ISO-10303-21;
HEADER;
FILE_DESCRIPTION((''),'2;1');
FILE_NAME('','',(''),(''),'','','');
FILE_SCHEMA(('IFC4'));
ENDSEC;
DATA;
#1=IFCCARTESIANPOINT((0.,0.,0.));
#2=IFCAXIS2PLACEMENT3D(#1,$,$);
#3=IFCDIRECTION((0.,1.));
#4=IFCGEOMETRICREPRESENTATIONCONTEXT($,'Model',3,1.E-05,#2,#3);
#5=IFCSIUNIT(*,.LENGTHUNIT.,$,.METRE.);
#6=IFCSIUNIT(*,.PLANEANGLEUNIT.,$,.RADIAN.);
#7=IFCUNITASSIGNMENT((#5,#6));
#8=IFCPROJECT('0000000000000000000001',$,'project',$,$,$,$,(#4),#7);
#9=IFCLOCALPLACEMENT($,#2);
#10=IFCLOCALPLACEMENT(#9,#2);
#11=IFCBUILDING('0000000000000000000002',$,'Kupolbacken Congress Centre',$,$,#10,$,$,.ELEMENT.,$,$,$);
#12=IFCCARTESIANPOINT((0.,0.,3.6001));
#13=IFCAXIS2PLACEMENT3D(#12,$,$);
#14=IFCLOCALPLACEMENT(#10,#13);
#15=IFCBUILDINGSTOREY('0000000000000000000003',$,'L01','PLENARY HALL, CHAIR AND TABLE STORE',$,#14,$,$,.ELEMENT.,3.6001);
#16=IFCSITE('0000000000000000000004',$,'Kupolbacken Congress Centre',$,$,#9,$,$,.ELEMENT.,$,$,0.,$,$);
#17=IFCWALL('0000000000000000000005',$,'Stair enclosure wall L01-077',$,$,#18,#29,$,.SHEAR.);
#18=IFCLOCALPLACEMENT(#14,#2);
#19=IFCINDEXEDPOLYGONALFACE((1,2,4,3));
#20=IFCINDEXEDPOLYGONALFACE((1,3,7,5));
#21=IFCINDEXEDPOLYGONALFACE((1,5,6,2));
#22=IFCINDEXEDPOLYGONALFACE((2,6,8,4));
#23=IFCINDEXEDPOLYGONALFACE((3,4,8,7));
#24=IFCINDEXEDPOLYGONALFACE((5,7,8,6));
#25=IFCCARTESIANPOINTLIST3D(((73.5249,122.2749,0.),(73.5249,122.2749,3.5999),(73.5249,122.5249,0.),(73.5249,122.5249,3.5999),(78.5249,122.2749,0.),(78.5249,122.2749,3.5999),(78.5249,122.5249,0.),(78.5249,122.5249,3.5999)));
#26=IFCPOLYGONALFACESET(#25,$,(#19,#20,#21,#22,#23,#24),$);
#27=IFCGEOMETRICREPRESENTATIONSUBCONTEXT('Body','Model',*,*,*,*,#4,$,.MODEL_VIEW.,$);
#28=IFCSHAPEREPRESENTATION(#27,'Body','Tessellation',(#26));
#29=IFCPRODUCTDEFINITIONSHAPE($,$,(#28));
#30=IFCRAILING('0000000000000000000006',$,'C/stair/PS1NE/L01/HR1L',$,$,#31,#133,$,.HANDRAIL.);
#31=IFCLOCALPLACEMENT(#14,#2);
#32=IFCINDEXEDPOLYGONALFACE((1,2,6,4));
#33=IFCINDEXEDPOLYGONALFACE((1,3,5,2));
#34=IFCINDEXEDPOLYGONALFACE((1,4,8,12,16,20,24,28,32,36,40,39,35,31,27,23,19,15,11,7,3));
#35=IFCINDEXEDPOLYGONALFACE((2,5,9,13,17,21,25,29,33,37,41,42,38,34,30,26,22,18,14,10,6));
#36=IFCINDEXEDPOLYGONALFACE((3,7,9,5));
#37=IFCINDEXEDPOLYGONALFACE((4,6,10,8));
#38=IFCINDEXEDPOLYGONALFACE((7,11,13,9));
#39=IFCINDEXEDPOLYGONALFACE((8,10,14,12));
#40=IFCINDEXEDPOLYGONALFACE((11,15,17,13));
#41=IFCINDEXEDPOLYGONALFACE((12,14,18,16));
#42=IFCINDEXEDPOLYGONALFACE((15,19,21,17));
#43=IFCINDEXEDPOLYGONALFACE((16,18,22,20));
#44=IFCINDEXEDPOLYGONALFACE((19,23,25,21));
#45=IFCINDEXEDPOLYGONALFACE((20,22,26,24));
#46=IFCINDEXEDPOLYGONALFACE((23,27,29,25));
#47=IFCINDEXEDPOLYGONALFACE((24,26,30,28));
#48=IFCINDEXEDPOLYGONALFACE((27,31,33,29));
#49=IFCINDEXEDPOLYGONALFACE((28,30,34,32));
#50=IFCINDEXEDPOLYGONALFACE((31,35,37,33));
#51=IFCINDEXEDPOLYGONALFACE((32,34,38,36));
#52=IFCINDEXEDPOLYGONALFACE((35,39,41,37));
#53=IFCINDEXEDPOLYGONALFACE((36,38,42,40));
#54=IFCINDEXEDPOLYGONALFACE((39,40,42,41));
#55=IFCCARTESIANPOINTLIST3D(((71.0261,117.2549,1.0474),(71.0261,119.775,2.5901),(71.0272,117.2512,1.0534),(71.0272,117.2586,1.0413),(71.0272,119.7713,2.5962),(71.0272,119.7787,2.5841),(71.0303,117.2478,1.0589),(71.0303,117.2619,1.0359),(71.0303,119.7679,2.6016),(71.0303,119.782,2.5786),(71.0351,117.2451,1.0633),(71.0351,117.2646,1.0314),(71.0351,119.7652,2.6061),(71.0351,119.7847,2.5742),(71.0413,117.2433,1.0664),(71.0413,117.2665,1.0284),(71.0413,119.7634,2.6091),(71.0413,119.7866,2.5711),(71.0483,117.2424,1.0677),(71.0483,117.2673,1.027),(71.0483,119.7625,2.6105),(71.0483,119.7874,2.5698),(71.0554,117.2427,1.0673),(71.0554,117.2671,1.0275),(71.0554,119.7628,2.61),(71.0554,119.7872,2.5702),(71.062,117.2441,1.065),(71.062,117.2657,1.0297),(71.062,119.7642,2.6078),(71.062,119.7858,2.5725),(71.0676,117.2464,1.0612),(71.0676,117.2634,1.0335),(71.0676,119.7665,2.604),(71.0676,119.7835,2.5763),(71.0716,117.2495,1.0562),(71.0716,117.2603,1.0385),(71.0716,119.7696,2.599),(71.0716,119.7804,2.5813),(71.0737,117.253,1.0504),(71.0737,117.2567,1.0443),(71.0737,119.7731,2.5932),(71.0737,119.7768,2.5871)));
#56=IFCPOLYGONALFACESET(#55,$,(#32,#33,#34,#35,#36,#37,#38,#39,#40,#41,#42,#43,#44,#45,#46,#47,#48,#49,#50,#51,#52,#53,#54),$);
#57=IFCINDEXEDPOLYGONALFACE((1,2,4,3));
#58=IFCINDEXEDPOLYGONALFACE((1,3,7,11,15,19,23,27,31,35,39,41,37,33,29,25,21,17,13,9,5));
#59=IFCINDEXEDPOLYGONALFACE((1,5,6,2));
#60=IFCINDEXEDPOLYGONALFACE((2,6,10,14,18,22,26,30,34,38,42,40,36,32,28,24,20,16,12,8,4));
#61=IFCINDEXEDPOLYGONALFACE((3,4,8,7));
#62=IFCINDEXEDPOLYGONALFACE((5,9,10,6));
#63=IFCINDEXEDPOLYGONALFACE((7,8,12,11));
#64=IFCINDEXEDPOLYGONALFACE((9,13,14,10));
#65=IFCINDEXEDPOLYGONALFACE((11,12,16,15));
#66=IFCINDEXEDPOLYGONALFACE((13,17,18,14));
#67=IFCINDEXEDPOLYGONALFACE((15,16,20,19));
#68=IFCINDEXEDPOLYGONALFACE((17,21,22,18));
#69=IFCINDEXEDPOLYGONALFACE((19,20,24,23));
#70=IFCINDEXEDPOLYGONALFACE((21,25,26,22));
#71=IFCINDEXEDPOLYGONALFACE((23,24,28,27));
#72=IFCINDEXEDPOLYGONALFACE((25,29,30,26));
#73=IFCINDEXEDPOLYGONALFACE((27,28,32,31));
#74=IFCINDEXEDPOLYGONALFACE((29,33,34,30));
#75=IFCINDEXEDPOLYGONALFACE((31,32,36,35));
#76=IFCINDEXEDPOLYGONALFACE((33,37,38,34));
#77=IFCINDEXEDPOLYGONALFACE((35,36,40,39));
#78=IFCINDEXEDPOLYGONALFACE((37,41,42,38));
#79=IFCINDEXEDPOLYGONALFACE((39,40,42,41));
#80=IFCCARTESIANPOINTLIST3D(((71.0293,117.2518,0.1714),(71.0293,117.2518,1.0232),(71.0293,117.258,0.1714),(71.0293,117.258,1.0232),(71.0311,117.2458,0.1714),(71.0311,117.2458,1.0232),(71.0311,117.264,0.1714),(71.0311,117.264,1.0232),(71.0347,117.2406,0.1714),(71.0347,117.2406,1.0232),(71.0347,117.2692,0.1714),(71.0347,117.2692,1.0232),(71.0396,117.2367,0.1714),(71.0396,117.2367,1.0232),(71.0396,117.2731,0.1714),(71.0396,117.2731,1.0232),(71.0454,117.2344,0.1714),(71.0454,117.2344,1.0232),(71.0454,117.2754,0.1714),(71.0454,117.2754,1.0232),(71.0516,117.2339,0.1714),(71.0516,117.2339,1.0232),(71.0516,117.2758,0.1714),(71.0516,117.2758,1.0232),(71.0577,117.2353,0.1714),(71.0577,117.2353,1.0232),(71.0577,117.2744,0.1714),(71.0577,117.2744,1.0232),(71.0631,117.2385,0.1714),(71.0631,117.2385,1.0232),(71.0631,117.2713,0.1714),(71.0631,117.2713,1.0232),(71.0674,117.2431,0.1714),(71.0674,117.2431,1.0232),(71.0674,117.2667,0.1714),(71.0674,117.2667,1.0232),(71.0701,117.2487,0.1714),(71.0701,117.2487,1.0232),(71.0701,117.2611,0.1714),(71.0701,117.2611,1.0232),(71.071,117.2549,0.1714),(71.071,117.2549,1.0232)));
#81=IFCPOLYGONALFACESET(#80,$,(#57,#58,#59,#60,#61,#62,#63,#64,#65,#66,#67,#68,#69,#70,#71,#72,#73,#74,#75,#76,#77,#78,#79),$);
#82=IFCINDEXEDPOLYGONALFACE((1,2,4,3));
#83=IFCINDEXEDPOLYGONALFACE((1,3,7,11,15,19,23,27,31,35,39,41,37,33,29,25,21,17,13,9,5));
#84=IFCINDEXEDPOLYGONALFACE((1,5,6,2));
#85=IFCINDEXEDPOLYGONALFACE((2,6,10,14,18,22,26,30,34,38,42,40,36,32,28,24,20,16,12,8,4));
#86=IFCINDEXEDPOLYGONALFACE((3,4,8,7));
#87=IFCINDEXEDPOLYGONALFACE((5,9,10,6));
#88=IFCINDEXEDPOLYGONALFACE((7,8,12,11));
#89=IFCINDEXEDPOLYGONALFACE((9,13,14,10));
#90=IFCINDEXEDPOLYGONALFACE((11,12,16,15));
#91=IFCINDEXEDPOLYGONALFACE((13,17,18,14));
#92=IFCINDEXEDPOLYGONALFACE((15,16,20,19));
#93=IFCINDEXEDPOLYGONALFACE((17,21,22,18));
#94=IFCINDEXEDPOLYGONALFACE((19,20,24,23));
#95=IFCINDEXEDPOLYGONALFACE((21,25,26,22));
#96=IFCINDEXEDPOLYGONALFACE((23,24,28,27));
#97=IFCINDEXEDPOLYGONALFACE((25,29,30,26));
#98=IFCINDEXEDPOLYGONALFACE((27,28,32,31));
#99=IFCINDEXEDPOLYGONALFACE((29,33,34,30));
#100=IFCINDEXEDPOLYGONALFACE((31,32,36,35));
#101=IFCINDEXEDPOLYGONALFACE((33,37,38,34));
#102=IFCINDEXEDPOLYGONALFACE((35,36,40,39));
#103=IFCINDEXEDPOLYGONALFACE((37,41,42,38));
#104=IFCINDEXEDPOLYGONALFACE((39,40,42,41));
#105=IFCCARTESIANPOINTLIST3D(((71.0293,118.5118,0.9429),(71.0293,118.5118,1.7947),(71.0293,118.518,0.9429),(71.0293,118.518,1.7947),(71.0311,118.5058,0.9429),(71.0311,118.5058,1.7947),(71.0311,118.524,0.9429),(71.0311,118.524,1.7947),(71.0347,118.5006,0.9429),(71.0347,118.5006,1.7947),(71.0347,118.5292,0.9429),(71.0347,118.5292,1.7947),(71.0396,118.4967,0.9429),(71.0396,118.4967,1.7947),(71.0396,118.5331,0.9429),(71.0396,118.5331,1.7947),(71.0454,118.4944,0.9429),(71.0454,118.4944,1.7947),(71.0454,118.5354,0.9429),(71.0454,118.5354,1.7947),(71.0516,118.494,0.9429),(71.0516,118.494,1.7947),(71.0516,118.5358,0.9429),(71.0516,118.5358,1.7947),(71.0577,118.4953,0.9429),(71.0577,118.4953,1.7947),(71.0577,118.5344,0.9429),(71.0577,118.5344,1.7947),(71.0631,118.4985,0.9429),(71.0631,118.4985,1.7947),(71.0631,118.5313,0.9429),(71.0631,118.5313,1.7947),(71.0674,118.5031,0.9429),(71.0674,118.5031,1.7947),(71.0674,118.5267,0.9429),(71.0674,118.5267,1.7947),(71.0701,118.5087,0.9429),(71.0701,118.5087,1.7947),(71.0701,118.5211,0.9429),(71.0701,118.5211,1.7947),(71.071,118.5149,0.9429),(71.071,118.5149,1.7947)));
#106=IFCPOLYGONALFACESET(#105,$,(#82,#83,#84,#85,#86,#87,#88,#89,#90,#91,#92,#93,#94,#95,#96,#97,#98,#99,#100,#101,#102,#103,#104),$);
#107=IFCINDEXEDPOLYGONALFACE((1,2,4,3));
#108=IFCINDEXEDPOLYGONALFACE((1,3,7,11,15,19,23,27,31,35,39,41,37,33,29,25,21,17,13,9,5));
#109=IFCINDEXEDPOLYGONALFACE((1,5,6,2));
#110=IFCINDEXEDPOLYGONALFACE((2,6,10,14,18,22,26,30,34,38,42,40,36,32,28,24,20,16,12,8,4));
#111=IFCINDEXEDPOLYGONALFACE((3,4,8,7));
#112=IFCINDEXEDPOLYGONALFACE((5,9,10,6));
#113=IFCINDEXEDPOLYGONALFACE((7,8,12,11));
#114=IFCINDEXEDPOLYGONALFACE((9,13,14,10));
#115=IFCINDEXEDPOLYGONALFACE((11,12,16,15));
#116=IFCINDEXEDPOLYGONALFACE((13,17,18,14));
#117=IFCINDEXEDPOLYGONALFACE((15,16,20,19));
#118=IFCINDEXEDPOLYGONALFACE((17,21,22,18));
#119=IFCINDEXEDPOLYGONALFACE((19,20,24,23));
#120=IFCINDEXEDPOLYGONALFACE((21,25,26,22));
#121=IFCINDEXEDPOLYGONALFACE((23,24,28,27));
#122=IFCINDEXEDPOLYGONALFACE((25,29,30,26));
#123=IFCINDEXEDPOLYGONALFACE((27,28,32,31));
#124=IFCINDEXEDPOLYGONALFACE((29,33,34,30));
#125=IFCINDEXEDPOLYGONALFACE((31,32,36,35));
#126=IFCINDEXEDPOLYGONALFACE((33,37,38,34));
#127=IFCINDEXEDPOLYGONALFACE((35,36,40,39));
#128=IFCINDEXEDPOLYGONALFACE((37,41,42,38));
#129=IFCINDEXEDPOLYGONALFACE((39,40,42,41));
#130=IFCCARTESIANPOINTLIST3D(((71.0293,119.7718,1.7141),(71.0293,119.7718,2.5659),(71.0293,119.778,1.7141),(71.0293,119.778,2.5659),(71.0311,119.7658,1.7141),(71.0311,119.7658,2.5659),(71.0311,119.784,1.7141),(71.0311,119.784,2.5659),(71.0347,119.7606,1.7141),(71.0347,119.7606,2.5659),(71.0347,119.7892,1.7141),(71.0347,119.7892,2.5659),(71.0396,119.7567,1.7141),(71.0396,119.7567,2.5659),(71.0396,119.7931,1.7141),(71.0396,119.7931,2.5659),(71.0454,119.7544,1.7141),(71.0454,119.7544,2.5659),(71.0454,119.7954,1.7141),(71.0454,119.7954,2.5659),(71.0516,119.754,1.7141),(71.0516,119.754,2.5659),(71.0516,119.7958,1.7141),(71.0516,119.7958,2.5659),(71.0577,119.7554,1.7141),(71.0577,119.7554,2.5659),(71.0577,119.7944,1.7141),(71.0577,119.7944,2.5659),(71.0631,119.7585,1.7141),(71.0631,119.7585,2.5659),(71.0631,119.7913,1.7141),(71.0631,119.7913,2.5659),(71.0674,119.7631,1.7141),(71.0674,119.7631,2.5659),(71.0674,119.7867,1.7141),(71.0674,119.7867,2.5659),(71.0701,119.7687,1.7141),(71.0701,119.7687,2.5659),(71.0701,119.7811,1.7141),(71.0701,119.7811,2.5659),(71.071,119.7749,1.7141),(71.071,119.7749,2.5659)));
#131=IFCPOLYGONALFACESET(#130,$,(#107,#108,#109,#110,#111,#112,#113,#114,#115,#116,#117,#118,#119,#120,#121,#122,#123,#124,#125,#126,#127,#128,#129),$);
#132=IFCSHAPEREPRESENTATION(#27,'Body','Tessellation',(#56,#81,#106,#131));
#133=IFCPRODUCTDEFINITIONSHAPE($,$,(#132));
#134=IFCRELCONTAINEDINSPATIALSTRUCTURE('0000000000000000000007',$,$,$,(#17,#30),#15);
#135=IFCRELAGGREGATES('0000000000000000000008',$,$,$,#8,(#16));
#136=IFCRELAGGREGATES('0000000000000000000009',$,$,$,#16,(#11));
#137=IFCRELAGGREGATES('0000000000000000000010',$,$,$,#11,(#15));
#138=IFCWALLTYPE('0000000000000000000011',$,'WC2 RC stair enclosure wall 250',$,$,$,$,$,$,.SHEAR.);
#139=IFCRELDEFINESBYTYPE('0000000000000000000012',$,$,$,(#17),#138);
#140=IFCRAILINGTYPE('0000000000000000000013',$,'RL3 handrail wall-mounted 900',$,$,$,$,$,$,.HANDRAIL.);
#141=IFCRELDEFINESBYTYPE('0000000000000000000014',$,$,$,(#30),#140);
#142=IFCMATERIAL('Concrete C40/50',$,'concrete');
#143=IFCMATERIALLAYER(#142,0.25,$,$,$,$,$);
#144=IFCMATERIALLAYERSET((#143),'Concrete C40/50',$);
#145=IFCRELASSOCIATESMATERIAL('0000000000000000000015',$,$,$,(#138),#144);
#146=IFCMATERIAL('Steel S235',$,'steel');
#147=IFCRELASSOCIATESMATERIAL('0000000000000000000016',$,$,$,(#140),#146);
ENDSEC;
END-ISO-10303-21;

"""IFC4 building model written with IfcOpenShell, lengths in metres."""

from ifc_helpers import new_model, si_unit, direction, frame, frame_2d, origin, origin_2d, place, context, subcontext, project, spatial, rectangle, circle, extrude, material, layer, layer_set, type_object, element, save


model = new_model("IFC4")

# Units and contexts
model_context = context("Model", 3, precision=1e-05, world=origin(), true_north=direction((0.0, 1.0)))
body_context = subcontext(model_context, "Body", "Model", "MODEL_VIEW")
ifc_project = project(units=[si_unit("LENGTHUNIT", "METRE"), si_unit("PLANEANGLEUNIT", "RADIAN")], contexts=[model_context])

# Site, building, storey
site_placement = place(None, origin())
site = spatial("IfcSite", under=ifc_project, at=site_placement, Name="Kupolbacken Congress Centre", CompositionType="ELEMENT", RefElevation=0.0)
building_placement = place(site_placement, origin())
building = spatial("IfcBuilding", under=site, at=building_placement, Name="Kupolbacken Congress Centre", CompositionType="ELEMENT")
storey_placement = place(building_placement, frame((0.0, 0.0, 3.6001)))
storey = spatial("IfcBuildingStorey", under=building, at=storey_placement, Name="L01", Description="PLENARY HALL, CHAIR AND TABLE STORE", CompositionType="ELEMENT", Elevation=3.6001)

# Shared definitions
ifc_material_1 = material(Name="Concrete C40/50", Category="concrete")
ifc_layer_1 = layer(ifc_material_1, 0.25)
ifc_layer_set_1 = layer_set([ifc_layer_1], Name="Concrete C40/50")
wall_type_1 = type_object("IfcWallType", Name="WC2 RC stair enclosure wall 250", PredefinedType="SHEAR", material=ifc_layer_set_1)

# Wall
wall_1_placement = place(storey_placement, frame((78.5249, 122.3999, 0.0), z_axis=(0.0, 0.0, 1.0), x_axis=(-1.0, 0.0, 0.0)))
element("IfcWall", 1, at=wall_1_placement, inside=storey, type_object=wall_type_1, Name="Stair enclosure wall L01-077", PredefinedType="SHEAR", context=body_context, shape_type="SweptSolid", body=[
    extrude(rectangle(XDim=5.0, YDim=0.25, at=frame_2d((2.5, 0.0))), origin(), (0.0, 0.0, 1.0), 3.5999),
])

# Railing
ifc_material_2 = material(Name="Steel S235", Category="steel")
railing_type = type_object("IfcRailingType", Name="RL3 handrail wall-mounted 900", PredefinedType="HANDRAIL", material=ifc_material_2)
for number, where, name in (
    (2, (71.05, 117.2549, 0.1714), "C/stair/PS1NE/L01/HR1L"),
):
    element("IfcRailing", number, at=place(storey_placement, frame(where)), inside=storey, type_object=railing_type, Name=name, PredefinedType="HANDRAIL", context=body_context, shape_type="SweptSolid", body=[
        extrude(circle(Radius=0.0239, at=origin_2d()), frame((0.0, 0.0, 0.876), z_axis=(0.0, 0.852873, 0.522118), x_axis=(-1.0, 0.0, 0.0)), (0.0, 0.0, 1.0), 2.9548),
        extrude(circle(Radius=0.021, at=origin_2d()), origin(), (0.0, 0.0, 1.0), 0.8518),
        extrude(circle(Radius=0.021, at=origin_2d()), frame((0.0, 1.26, 0.7715)), (0.0, 0.0, 1.0), 0.8518),
        extrude(circle(Radius=0.021, at=origin_2d()), frame((0.0, 2.52, 1.5427)), (0.0, 0.0, 1.0), 0.8518),
    ])

save(model, "model.ifc")
